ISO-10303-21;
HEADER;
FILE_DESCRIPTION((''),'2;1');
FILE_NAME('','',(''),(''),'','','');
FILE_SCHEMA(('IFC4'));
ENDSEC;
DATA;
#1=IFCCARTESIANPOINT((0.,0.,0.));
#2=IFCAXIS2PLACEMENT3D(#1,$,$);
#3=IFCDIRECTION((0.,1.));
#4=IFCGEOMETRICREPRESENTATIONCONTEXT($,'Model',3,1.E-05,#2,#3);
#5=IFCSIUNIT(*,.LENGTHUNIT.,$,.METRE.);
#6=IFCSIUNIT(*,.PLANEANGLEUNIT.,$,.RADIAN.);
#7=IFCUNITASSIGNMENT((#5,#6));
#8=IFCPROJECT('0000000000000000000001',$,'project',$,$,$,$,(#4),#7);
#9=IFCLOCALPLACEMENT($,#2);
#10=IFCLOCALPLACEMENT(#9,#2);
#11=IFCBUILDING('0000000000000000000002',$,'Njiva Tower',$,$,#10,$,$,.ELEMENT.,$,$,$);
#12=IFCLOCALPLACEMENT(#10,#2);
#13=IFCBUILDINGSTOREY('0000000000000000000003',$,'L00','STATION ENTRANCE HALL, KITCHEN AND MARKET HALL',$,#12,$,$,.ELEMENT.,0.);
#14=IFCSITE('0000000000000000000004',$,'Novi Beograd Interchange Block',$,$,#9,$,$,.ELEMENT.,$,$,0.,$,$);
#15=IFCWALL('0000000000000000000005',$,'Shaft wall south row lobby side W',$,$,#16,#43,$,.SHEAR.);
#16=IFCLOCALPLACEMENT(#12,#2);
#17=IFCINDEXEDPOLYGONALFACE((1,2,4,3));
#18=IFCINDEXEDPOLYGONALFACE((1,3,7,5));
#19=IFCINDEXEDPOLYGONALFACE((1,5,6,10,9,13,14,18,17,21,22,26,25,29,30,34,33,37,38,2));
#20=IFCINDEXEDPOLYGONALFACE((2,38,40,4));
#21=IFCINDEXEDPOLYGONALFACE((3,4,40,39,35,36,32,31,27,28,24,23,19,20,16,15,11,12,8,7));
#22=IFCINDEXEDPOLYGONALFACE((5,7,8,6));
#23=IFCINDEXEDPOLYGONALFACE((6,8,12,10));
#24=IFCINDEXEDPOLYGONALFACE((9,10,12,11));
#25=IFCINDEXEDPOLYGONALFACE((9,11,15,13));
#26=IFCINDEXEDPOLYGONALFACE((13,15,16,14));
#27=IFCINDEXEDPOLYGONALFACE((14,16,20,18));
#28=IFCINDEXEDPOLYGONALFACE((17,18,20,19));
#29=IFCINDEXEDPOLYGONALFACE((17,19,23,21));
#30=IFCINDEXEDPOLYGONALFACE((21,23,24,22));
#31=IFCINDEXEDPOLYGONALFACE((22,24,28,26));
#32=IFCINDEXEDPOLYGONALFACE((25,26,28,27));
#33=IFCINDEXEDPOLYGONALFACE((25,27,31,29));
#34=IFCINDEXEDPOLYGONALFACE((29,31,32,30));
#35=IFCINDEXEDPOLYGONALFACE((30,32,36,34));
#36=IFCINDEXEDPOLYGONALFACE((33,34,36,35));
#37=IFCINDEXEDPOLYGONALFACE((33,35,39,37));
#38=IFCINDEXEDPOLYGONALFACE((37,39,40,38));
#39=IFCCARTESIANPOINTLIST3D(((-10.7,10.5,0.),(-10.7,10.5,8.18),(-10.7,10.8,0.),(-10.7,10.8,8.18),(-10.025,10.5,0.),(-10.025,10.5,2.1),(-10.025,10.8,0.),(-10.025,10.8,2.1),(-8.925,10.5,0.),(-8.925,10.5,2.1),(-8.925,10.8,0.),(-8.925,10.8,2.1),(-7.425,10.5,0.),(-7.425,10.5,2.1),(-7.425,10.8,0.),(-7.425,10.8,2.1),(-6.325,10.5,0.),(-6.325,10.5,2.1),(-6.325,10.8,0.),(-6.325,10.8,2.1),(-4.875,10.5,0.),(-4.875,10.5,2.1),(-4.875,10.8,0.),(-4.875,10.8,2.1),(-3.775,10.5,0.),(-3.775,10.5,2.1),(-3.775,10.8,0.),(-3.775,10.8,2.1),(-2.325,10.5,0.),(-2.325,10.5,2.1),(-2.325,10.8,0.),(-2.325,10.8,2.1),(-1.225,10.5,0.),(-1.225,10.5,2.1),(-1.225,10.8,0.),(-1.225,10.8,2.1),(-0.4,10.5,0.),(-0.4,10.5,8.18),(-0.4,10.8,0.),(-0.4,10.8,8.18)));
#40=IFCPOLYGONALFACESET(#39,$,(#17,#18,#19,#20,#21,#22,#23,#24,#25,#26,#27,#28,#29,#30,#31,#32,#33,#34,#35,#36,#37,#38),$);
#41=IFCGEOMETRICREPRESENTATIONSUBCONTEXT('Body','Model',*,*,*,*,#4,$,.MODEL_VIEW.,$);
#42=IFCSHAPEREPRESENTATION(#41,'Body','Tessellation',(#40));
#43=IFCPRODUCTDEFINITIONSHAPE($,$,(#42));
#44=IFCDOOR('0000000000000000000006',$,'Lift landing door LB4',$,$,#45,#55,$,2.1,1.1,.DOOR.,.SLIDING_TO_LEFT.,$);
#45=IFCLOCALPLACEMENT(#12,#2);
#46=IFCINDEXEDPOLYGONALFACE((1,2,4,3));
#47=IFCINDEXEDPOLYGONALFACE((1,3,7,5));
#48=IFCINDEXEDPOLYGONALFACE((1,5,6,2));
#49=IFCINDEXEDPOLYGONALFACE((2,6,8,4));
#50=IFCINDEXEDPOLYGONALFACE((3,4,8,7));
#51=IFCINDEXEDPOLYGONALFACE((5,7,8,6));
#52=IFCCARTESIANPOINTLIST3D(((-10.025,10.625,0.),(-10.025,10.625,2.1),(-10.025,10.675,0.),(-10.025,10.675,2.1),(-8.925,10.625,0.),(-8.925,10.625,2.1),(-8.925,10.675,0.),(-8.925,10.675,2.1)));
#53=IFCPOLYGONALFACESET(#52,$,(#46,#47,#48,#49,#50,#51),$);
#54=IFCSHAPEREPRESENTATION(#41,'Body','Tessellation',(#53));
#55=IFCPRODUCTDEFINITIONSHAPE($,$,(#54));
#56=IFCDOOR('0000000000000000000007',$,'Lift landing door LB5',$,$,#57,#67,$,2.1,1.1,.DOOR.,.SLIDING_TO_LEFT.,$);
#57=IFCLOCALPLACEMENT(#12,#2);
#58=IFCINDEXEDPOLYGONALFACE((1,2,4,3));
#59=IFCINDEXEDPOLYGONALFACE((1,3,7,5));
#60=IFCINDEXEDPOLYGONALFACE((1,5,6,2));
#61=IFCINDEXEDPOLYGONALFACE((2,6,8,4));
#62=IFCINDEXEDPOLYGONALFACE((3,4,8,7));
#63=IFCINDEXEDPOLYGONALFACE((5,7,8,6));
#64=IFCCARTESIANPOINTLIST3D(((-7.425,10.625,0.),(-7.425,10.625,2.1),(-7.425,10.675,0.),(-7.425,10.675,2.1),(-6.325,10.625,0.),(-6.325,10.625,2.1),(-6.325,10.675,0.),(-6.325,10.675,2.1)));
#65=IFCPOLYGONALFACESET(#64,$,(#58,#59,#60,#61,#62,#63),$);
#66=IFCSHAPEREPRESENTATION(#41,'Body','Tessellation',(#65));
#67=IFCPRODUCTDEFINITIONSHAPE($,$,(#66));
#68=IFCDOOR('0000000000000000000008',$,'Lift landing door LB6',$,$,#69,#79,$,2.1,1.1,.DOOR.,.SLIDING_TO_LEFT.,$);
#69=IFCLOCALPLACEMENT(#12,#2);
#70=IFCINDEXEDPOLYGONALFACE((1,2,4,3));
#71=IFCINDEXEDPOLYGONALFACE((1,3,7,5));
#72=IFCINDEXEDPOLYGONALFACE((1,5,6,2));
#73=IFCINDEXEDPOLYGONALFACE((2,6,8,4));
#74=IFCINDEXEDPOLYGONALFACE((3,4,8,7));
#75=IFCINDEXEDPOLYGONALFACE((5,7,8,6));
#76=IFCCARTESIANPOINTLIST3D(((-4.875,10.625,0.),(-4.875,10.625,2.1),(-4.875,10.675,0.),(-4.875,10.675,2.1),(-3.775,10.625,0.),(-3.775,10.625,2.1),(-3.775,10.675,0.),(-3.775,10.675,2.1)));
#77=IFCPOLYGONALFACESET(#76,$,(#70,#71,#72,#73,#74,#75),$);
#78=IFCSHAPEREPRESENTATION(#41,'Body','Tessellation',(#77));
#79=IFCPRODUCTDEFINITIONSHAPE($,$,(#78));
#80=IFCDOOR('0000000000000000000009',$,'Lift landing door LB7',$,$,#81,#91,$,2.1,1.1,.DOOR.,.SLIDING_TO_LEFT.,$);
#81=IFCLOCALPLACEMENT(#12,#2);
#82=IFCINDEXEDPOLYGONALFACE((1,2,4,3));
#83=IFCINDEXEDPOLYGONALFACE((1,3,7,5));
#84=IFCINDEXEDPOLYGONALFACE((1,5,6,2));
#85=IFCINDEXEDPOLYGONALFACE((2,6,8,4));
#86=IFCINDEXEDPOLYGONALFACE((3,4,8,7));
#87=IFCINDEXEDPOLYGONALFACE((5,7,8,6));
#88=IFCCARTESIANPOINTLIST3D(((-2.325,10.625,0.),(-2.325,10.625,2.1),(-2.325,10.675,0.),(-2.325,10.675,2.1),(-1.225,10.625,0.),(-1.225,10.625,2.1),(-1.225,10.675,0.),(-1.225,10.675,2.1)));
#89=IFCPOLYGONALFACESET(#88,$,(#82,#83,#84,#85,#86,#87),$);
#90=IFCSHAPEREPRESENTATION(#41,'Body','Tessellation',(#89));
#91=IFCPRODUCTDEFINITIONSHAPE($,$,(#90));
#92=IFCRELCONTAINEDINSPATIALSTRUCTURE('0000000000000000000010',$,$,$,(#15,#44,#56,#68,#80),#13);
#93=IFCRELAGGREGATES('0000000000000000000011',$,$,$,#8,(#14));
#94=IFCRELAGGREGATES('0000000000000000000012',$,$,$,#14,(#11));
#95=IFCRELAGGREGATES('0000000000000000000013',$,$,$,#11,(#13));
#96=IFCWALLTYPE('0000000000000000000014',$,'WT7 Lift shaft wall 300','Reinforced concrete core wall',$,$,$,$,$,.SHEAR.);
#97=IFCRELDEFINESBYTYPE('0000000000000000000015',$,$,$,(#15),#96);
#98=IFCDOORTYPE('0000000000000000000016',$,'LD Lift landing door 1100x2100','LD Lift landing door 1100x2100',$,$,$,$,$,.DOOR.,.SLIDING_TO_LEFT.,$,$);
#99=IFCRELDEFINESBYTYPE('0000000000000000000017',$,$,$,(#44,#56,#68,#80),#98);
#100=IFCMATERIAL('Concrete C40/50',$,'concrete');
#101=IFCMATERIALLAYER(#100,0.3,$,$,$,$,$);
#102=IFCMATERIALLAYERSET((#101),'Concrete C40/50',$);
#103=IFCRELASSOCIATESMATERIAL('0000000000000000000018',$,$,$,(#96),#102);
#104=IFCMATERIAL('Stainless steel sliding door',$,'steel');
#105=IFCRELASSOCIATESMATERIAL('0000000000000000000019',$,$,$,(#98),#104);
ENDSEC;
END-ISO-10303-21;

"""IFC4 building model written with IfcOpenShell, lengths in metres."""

from ifc_helpers import new_model, si_unit, direction, frame, frame_2d, origin, place, context, subcontext, project, spatial, rectangle, extrude, material, layer, layer_set, type_object, element, fill, save


model = new_model("IFC4")

# Units and contexts
model_context = context("Model", 3, precision=1e-05, world=origin(), true_north=direction((0.0, 1.0)))
body_context = subcontext(model_context, "Body", "Model", "MODEL_VIEW")
ifc_project = project(units=[si_unit("LENGTHUNIT", "METRE"), si_unit("PLANEANGLEUNIT", "RADIAN")], contexts=[model_context])

# Site, building, storey
site_placement = place(None, origin())
site = spatial("IfcSite", under=ifc_project, at=site_placement, Name="Novi Beograd Interchange Block", CompositionType="ELEMENT", RefElevation=0.0)
building_placement = place(site_placement, origin())
building = spatial("IfcBuilding", under=site, at=building_placement, Name="Njiva Tower", CompositionType="ELEMENT")
storey_placement = place(building_placement, origin())
storey = spatial("IfcBuildingStorey", under=building, at=storey_placement, Name="L00", Description="STATION ENTRANCE HALL, KITCHEN AND MARKET HALL", CompositionType="ELEMENT", Elevation=0.0)

# Shared definitions
ifc_material_1 = material(Name="Concrete C40/50", Category="concrete")

# Wall, openings, doors
ifc_layer_1 = layer(ifc_material_1, 0.3)
ifc_layer_set_1 = layer_set([ifc_layer_1], Name="Concrete C40/50")
wall_type_1 = type_object("IfcWallType", Name="WT7 Lift shaft wall 300", Description="Reinforced concrete core wall", PredefinedType="SHEAR", material=ifc_layer_set_1)
ifc_material_2 = material(Name="Stainless steel sliding door", Category="steel")
door_type_1 = type_object("IfcDoorType", Name="LD Lift landing door 1100x2100", Description="LD Lift landing door 1100x2100", OperationType="SLIDING_TO_LEFT", PredefinedType="DOOR", material=ifc_material_2)
wall_1_placement = place(storey_placement, frame((-10.7, 10.65, 0.0), z_axis=(0.0, 0.0, 1.0), x_axis=(1.0, 0.0, 0.0)))
wall_1 = element("IfcWall", 1, at=wall_1_placement, inside=storey, type_object=wall_type_1, Name="Shaft wall south row lobby side W", PredefinedType="SHEAR", context=body_context, shape_type="SweptSolid", body=[
    extrude(rectangle(XDim=10.3, YDim=0.3, at=frame_2d((5.15, 0.0))), origin(), (0.0, 0.0, 1.0), 8.18),
])
opening_1_placement = place(wall_1_placement, frame((0.675, 0.0, 0.0)))
opening_1 = element("IfcOpeningElement", 2, at=opening_1_placement, cuts=wall_1, PredefinedType="OPENING", context=body_context, shape_type="SweptSolid", body=[
    extrude(rectangle(XDim=1.1, YDim=2.1, at=frame_2d((0.55, 1.05))), frame((0.0, 0.16, 0.0), z_axis=(0.0, -1.0, 0.0), x_axis=(1.0, 0.0, 0.0)), (0.0, 0.0, 1.0), 0.32),
])
opening_2_placement = place(wall_1_placement, frame((3.275, 0.0, 0.0)))
opening_2 = element("IfcOpeningElement", 3, at=opening_2_placement, cuts=wall_1, PredefinedType="OPENING", context=body_context, shape_type="SweptSolid", body=[
    extrude(rectangle(XDim=1.1, YDim=2.1, at=frame_2d((0.55, 1.05))), frame((0.0, 0.16, 0.0), z_axis=(0.0, -1.0, 0.0), x_axis=(1.0, 0.0, 0.0)), (0.0, 0.0, 1.0), 0.32),
])
opening_3_placement = place(wall_1_placement, frame((5.825, 0.0, 0.0)))
opening_3 = element("IfcOpeningElement", 4, at=opening_3_placement, cuts=wall_1, PredefinedType="OPENING", context=body_context, shape_type="SweptSolid", body=[
    extrude(rectangle(XDim=1.1, YDim=2.1, at=frame_2d((0.55, 1.05))), frame((0.0, 0.16, 0.0), z_axis=(0.0, -1.0, 0.0), x_axis=(1.0, 0.0, 0.0)), (0.0, 0.0, 1.0), 0.32),
])
opening_4_placement = place(wall_1_placement, frame((8.375, 0.0, 0.0)))
opening_4 = element("IfcOpeningElement", 5, at=opening_4_placement, cuts=wall_1, PredefinedType="OPENING", context=body_context, shape_type="SweptSolid", body=[
    extrude(rectangle(XDim=1.1, YDim=2.1, at=frame_2d((0.55, 1.05))), frame((0.0, 0.16, 0.0), z_axis=(0.0, -1.0, 0.0), x_axis=(1.0, 0.0, 0.0)), (0.0, 0.0, 1.0), 0.32),
])
door_1_placement = place(opening_1_placement, origin())
door_1 = element("IfcDoor", 6, at=door_1_placement, inside=storey, type_object=door_type_1, Name="Lift landing door LB4", OperationType="SLIDING_TO_LEFT", OverallHeight=2.1, OverallWidth=1.1, PredefinedType="DOOR", context=body_context, shape_type="SweptSolid", body=[
    extrude(rectangle(XDim=1.1, YDim=2.1, at=frame_2d((0.55, 1.05))), frame((0.0, 0.025, 0.0), z_axis=(0.0, -1.0, 0.0), x_axis=(1.0, 0.0, 0.0)), (0.0, 0.0, 1.0), 0.05),
])
fill(opening_1, door_1)
door_2_placement = place(opening_2_placement, origin())
door_2 = element("IfcDoor", 7, at=door_2_placement, inside=storey, type_object=door_type_1, Name="Lift landing door LB5", OperationType="SLIDING_TO_LEFT", OverallHeight=2.1, OverallWidth=1.1, PredefinedType="DOOR", context=body_context, shape_type="SweptSolid", body=[
    extrude(rectangle(XDim=1.1, YDim=2.1, at=frame_2d((0.55, 1.05))), frame((0.0, 0.025, 0.0), z_axis=(0.0, -1.0, 0.0), x_axis=(1.0, 0.0, 0.0)), (0.0, 0.0, 1.0), 0.05),
])
fill(opening_2, door_2)
door_3_placement = place(opening_3_placement, origin())
door_3 = element("IfcDoor", 8, at=door_3_placement, inside=storey, type_object=door_type_1, Name="Lift landing door LB6", OperationType="SLIDING_TO_LEFT", OverallHeight=2.1, OverallWidth=1.1, PredefinedType="DOOR", context=body_context, shape_type="SweptSolid", body=[
    extrude(rectangle(XDim=1.1, YDim=2.1, at=frame_2d((0.55, 1.05))), frame((0.0, 0.025, 0.0), z_axis=(0.0, -1.0, 0.0), x_axis=(1.0, 0.0, 0.0)), (0.0, 0.0, 1.0), 0.05),
])
fill(opening_3, door_3)
door_4_placement = place(opening_4_placement, origin())
door_4 = element("IfcDoor", 9, at=door_4_placement, inside=storey, type_object=door_type_1, Name="Lift landing door LB7", OperationType="SLIDING_TO_LEFT", OverallHeight=2.1, OverallWidth=1.1, PredefinedType="DOOR", context=body_context, shape_type="SweptSolid", body=[
    extrude(rectangle(XDim=1.1, YDim=2.1, at=frame_2d((0.55, 1.05))), frame((0.0, 0.025, 0.0), z_axis=(0.0, -1.0, 0.0), x_axis=(1.0, 0.0, 0.0)), (0.0, 0.0, 1.0), 0.05),
])
fill(opening_4, door_4)

save(model, "model.ifc")
